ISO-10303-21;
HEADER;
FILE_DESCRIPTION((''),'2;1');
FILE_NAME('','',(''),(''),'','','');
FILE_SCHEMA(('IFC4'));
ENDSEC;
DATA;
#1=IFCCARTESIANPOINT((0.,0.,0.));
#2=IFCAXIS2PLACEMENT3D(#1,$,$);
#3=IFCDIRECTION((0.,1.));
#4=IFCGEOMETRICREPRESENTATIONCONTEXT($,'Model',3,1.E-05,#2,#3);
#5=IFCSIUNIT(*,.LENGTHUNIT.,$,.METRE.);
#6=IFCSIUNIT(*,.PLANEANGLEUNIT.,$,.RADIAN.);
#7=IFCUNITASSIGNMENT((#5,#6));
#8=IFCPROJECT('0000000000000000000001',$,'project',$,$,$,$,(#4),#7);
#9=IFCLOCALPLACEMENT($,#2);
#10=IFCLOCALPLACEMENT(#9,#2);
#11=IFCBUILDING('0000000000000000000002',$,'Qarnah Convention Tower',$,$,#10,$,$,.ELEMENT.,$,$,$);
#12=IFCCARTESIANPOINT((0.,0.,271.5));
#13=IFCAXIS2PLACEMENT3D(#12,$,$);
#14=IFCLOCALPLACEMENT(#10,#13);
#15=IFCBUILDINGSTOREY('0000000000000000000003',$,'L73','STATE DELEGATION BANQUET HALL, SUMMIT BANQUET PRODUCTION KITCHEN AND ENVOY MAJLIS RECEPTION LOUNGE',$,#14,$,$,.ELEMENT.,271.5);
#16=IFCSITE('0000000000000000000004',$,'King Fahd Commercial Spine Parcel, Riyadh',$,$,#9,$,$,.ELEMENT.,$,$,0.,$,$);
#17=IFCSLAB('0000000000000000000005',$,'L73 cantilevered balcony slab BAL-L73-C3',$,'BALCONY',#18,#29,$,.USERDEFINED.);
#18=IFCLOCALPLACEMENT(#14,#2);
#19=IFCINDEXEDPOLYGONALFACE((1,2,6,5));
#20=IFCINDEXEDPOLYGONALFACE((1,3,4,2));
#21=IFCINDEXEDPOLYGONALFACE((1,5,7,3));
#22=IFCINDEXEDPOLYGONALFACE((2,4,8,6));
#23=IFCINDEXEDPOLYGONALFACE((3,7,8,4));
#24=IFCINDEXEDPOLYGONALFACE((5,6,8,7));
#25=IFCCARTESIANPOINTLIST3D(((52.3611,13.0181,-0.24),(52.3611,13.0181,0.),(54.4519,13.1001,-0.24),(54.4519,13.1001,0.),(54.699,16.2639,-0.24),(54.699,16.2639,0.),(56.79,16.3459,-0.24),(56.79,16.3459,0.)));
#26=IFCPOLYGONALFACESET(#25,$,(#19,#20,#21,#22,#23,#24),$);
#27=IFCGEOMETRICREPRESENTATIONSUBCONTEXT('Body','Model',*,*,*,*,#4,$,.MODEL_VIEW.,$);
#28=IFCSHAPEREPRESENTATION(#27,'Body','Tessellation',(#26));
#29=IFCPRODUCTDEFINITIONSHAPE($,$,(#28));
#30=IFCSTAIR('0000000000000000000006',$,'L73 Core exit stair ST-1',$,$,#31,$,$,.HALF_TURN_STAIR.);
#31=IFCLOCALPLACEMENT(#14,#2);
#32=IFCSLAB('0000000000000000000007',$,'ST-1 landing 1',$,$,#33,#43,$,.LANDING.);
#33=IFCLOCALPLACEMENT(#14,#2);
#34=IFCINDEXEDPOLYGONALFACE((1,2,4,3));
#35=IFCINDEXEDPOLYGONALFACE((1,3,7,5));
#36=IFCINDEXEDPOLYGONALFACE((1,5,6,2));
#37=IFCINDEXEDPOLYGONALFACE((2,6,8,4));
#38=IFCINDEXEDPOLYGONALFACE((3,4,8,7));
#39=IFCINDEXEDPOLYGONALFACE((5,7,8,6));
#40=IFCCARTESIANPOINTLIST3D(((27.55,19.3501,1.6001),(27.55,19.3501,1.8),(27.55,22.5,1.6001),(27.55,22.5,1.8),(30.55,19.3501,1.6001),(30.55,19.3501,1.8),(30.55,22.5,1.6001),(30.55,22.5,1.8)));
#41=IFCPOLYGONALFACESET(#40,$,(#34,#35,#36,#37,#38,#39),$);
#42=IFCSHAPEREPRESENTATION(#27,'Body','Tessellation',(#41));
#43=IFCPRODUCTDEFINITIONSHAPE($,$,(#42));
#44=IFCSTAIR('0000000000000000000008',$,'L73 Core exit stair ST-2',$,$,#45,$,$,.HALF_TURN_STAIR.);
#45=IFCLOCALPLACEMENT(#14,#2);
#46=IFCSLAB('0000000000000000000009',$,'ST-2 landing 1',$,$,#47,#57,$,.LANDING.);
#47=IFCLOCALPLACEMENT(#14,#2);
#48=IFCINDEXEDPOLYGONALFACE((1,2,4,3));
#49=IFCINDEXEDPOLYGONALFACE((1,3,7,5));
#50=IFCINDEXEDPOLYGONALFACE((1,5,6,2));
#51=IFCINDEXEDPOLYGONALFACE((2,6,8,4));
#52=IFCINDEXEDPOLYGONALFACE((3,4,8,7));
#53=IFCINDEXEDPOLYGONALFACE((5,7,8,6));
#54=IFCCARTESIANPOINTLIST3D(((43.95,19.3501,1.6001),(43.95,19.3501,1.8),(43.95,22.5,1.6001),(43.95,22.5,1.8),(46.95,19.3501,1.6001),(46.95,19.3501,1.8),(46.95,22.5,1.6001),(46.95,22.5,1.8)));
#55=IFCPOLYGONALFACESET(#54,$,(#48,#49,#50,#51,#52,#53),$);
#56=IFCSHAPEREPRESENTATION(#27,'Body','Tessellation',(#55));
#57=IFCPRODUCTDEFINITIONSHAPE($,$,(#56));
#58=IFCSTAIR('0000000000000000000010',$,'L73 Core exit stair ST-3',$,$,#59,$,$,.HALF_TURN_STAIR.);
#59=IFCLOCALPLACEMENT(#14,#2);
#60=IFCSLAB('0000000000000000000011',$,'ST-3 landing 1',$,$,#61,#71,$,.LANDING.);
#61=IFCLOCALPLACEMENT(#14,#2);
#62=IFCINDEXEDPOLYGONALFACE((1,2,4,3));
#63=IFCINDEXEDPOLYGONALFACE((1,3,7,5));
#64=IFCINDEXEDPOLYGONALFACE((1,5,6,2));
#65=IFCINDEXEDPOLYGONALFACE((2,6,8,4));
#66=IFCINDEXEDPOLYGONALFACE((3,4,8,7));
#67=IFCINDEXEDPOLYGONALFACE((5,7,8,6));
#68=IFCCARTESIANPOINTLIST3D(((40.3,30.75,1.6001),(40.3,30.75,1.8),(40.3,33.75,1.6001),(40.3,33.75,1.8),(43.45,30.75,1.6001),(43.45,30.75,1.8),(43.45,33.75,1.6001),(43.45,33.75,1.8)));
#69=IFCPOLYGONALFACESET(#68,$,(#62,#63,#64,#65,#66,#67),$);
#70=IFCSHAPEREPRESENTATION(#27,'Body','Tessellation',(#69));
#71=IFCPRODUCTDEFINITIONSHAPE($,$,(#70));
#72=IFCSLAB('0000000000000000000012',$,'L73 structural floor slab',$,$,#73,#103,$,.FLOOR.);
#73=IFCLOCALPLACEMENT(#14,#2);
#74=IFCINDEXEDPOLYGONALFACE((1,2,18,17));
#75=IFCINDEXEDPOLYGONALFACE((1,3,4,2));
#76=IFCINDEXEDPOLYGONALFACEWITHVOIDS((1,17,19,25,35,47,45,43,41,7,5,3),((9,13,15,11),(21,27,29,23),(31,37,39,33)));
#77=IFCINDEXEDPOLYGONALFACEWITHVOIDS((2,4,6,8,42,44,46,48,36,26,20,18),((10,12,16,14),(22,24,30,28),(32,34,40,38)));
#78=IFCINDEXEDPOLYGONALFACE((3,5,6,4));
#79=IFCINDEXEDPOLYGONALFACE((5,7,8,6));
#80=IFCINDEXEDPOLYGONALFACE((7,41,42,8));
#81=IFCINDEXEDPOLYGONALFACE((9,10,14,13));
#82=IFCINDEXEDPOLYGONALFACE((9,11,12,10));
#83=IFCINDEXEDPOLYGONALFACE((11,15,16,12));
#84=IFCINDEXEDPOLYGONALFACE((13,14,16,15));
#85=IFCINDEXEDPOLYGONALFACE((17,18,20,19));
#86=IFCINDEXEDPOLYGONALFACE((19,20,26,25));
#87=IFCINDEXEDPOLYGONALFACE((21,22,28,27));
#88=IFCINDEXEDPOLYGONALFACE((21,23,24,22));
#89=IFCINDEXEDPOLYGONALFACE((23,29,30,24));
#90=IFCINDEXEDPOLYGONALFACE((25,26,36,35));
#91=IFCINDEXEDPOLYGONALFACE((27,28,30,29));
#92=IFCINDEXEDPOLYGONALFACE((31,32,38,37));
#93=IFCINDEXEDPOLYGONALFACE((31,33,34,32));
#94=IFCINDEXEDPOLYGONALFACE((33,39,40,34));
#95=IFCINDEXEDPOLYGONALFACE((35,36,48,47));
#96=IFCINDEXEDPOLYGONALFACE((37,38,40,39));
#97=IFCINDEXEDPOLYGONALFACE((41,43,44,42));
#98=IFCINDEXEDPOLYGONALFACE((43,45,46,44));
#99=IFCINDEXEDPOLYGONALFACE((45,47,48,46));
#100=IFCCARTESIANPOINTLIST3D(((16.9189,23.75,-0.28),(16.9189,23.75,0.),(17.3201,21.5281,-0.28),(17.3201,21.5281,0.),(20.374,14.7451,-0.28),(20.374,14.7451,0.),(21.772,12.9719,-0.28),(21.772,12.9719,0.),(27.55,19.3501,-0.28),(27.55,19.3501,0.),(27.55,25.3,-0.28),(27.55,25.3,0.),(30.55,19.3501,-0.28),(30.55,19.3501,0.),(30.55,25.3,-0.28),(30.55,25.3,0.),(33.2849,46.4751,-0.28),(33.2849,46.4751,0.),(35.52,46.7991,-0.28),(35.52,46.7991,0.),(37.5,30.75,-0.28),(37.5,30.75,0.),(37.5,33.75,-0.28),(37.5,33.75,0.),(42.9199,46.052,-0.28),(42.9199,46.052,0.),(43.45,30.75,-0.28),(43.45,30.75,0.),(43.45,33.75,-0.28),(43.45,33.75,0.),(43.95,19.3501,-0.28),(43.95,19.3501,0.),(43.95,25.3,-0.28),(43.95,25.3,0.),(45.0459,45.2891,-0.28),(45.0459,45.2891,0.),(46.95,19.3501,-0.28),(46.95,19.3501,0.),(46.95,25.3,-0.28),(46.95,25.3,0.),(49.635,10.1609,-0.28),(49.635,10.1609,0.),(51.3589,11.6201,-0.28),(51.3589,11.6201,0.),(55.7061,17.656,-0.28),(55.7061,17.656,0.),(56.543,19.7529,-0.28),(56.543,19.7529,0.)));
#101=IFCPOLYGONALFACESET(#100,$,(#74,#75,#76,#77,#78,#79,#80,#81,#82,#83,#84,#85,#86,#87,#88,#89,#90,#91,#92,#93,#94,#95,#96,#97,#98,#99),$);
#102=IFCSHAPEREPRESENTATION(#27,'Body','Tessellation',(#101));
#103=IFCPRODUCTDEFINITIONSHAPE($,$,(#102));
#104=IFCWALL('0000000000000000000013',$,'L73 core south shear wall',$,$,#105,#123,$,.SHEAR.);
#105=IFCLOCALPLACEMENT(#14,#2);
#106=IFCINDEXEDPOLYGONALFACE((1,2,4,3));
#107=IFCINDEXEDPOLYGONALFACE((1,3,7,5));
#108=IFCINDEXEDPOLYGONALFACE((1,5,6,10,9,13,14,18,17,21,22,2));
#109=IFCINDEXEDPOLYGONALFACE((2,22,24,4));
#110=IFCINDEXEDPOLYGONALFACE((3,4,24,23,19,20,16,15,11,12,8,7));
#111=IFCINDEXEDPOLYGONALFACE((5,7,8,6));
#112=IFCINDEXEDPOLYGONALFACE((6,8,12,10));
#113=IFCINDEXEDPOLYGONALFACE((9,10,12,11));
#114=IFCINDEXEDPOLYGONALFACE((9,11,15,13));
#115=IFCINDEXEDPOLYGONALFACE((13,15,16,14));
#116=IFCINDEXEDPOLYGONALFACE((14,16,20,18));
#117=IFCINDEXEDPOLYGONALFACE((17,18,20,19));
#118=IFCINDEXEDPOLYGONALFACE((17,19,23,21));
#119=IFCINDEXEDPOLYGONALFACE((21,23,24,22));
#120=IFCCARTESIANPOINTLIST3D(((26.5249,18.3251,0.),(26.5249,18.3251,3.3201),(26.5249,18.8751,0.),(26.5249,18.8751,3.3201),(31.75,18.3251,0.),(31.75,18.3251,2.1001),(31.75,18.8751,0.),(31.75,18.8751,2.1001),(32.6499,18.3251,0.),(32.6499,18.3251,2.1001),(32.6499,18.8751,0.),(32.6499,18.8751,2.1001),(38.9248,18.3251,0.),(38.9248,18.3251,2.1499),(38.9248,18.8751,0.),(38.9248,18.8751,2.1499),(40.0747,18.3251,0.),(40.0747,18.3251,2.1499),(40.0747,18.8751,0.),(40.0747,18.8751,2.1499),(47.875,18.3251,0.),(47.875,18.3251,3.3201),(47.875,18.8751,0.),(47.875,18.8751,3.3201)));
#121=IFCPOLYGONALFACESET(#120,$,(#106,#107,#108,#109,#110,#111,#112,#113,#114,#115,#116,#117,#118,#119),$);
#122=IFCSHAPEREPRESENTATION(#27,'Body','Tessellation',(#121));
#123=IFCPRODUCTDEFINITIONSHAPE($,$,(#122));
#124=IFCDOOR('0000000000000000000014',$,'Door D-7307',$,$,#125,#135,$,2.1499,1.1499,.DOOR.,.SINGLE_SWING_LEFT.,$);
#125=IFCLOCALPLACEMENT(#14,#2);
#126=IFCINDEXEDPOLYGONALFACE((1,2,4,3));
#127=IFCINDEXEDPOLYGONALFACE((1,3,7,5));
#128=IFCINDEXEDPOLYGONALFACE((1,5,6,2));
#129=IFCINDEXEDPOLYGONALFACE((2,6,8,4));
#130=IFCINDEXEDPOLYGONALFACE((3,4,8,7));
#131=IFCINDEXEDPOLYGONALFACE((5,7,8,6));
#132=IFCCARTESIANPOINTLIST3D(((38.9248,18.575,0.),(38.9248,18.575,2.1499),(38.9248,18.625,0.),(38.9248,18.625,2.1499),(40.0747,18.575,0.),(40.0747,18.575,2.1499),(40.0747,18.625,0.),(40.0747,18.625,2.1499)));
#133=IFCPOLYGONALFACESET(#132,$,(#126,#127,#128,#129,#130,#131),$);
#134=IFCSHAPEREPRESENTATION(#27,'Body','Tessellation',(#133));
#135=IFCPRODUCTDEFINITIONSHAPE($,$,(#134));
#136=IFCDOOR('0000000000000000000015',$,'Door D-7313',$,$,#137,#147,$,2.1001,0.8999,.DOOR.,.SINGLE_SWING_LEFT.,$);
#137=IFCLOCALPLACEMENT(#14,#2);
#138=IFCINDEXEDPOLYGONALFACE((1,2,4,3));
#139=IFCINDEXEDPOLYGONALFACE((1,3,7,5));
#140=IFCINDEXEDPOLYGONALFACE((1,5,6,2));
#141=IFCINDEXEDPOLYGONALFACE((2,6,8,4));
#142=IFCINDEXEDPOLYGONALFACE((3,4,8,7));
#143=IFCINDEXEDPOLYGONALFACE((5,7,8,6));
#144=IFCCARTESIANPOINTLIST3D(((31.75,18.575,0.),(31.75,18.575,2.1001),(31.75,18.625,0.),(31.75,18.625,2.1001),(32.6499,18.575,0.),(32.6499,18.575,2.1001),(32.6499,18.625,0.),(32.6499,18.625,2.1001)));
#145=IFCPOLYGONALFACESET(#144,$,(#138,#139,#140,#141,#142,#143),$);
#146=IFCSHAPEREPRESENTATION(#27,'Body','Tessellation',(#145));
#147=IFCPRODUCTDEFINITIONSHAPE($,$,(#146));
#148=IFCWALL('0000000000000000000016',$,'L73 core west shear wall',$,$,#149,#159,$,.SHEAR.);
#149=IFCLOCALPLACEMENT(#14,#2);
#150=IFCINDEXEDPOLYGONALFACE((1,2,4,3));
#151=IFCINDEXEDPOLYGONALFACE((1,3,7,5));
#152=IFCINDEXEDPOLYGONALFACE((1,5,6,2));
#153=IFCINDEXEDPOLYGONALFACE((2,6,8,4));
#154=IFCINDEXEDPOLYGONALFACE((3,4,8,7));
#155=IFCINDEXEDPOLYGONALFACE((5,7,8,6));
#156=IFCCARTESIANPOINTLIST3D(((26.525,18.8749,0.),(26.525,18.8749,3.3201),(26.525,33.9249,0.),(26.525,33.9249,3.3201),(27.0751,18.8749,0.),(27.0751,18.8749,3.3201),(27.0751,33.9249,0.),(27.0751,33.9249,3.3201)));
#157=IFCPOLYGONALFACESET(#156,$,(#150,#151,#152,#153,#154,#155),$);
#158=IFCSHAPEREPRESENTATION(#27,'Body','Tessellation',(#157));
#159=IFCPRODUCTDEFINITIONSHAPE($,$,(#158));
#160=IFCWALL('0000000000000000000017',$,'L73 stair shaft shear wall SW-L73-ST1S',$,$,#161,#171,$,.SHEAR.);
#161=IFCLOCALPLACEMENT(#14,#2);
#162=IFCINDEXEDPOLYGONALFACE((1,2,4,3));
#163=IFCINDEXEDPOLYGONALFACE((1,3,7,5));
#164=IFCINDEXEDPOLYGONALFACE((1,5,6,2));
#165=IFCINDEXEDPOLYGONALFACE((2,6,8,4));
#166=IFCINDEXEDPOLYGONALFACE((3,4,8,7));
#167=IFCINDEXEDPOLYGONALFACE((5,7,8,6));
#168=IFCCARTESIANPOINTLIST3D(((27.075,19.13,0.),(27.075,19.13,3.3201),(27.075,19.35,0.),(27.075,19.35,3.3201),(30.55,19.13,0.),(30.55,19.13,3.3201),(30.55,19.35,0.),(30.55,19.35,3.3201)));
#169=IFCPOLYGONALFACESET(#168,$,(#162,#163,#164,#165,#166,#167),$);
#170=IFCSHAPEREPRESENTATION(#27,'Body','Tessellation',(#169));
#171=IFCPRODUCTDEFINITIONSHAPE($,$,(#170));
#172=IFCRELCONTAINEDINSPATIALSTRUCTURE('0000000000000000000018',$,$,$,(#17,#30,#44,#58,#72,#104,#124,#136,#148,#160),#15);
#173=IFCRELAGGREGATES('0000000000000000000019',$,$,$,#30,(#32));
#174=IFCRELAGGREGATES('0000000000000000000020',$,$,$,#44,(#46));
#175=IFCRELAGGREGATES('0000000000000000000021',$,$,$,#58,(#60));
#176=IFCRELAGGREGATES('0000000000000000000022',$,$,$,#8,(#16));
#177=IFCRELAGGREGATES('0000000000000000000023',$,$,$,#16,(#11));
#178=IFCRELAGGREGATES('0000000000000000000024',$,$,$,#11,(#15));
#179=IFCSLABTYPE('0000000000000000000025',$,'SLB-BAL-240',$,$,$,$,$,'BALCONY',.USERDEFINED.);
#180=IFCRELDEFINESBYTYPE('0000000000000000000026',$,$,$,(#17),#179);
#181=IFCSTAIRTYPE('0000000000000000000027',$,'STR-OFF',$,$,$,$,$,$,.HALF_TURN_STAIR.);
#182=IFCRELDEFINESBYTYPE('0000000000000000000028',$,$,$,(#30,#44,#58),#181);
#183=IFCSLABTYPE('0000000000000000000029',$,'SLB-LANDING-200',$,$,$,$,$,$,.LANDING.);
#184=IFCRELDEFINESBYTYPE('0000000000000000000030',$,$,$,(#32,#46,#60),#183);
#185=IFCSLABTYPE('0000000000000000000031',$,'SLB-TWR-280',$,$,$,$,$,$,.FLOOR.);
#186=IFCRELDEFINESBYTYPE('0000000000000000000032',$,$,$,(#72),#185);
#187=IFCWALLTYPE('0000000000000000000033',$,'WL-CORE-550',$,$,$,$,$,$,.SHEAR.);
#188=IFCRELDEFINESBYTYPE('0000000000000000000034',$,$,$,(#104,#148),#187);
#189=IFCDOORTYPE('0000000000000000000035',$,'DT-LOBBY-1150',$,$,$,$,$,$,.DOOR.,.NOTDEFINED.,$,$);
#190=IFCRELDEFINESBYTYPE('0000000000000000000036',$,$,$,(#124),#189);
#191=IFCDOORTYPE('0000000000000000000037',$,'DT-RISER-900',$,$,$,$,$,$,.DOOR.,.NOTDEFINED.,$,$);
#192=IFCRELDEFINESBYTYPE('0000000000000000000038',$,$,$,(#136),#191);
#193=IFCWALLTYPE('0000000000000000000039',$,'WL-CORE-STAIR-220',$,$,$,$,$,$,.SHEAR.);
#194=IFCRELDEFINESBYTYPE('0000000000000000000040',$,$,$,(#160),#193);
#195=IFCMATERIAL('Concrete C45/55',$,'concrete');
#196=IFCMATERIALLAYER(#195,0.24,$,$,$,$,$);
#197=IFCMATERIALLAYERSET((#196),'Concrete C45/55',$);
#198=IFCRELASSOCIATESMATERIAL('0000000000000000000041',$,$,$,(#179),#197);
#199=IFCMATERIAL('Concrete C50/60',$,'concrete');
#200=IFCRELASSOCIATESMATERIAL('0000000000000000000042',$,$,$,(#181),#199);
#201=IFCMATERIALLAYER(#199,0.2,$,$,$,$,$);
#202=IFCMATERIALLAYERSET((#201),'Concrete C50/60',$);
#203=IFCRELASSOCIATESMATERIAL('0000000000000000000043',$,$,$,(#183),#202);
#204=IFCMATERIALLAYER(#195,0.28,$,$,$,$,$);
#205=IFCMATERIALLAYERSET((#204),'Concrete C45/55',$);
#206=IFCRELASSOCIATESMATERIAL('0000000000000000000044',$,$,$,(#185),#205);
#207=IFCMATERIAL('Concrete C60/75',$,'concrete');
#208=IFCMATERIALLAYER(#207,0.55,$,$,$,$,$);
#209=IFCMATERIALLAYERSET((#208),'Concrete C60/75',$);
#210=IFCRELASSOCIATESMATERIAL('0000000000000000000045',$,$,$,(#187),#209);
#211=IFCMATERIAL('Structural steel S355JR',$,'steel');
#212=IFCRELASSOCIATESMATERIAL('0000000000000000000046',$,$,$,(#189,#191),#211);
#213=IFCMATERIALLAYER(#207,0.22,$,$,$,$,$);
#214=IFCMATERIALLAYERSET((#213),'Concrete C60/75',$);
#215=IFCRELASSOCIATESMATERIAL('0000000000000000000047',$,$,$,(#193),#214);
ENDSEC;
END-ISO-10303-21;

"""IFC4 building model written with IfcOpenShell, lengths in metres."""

from ifc_helpers import new_model, si_unit, direction, frame, frame_2d, origin, place, context, subcontext, project, spatial, polyline, rectangle, outline, extrude, material, layer, layer_set, type_object, element, fill, aggregate, save


model = new_model("IFC4")

# Units and contexts
model_context = context("Model", 3, precision=1e-05, world=origin(), true_north=direction((0.0, 1.0)))
body_context = subcontext(model_context, "Body", "Model", "MODEL_VIEW")
ifc_project = project(units=[si_unit("LENGTHUNIT", "METRE"), si_unit("PLANEANGLEUNIT", "RADIAN")], contexts=[model_context])

# Site, building, storey
site_placement = place(None, origin())
site = spatial("IfcSite", under=ifc_project, at=site_placement, Name="King Fahd Commercial Spine Parcel, Riyadh", CompositionType="ELEMENT", RefElevation=0.0)
building_placement = place(site_placement, origin())
building = spatial("IfcBuilding", under=site, at=building_placement, Name="Qarnah Convention Tower", CompositionType="ELEMENT")
storey_placement = place(building_placement, frame((0.0, 0.0, 271.5)))
storey = spatial("IfcBuildingStorey", under=building, at=storey_placement, Name="L73", Description="STATE DELEGATION BANQUET HALL, SUMMIT BANQUET PRODUCTION KITCHEN AND ENVOY MAJLIS RECEPTION LOUNGE", CompositionType="ELEMENT", Elevation=271.5)

# Shared definitions
ifc_material_1 = material(Name="Concrete C50/60", Category="concrete")

# Shared definitions
ifc_material_2 = material(Name="Structural steel S355JR", Category="steel")

# Slab
ifc_material_3 = material(Name="Concrete C45/55", Category="concrete")
ifc_layer_1 = layer(ifc_material_3, 0.24)
ifc_layer_set_1 = layer_set([ifc_layer_1], Name="Concrete C45/55")
slab_type_1 = type_object("IfcSlabType", Name="SLB-BAL-240", ElementType="BALCONY", PredefinedType="USERDEFINED", material=ifc_layer_set_1)
slab_1_placement = place(storey_placement, frame((0.0, 0.0, -0.24)))
element("IfcSlab", 1, at=slab_1_placement, inside=storey, type_object=slab_type_1, Name="L73 cantilevered balcony slab BAL-L73-C3", ObjectType="BALCONY", PredefinedType="USERDEFINED", context=body_context, shape_type="SweptSolid", body=[
    extrude(outline(polyline([(56.79, 16.3459), (54.4519, 13.1001), (52.3611, 13.0181), (54.699, 16.2639), (56.79, 16.3459)])), origin(), (0.0, 0.0, 1.0), 0.24),
])

# Stairs, slabs
stair_type = type_object("IfcStairType", Name="STR-OFF", PredefinedType="HALF_TURN_STAIR", material=ifc_material_1)
stair_1_placement = place(storey_placement, origin())
stair_1 = element("IfcStair", 2, at=stair_1_placement, inside=storey, type_object=stair_type, Name="L73 Core exit stair ST-1", PredefinedType="HALF_TURN_STAIR")
ifc_layer_2 = layer(ifc_material_1, 0.2)
ifc_layer_set_2 = layer_set([ifc_layer_2], Name="Concrete C50/60")
slab_type_2 = type_object("IfcSlabType", Name="SLB-LANDING-200", PredefinedType="LANDING", material=ifc_layer_set_2)
slab_2_placement = place(storey_placement, frame((0.0, 0.0, 1.6001)))
slab_2 = element("IfcSlab", 3, at=slab_2_placement, type_object=slab_type_2, Name="ST-1 landing 1", PredefinedType="LANDING", context=body_context, shape_type="SweptSolid", body=[
    extrude(outline(polyline([(27.55, 22.5), (27.55, 19.3501), (30.55, 19.3501), (30.55, 22.5), (27.55, 22.5)])), origin(), (0.0, 0.0, 1.0), 0.2),
])
aggregate(stair_1, [slab_2])
stair_2_placement = place(storey_placement, origin())
stair_2 = element("IfcStair", 4, at=stair_2_placement, inside=storey, type_object=stair_type, Name="L73 Core exit stair ST-2", PredefinedType="HALF_TURN_STAIR")
slab_3_placement = place(storey_placement, frame((0.0, 0.0, 1.6001)))
slab_3 = element("IfcSlab", 5, at=slab_3_placement, type_object=slab_type_2, Name="ST-2 landing 1", PredefinedType="LANDING", context=body_context, shape_type="SweptSolid", body=[
    extrude(outline(polyline([(43.95, 22.5), (43.95, 19.3501), (46.95, 19.3501), (46.95, 22.5), (43.95, 22.5)])), origin(), (0.0, 0.0, 1.0), 0.2),
])
aggregate(stair_2, [slab_3])
stair_3_placement = place(storey_placement, origin())
stair_3 = element("IfcStair", 6, at=stair_3_placement, inside=storey, type_object=stair_type, Name="L73 Core exit stair ST-3", PredefinedType="HALF_TURN_STAIR")
slab_4_placement = place(storey_placement, frame((0.0, 0.0, 1.6001)))
slab_4 = element("IfcSlab", 7, at=slab_4_placement, type_object=slab_type_2, Name="ST-3 landing 1", PredefinedType="LANDING", context=body_context, shape_type="SweptSolid", body=[
    extrude(outline(polyline([(40.3, 30.75), (43.45, 30.75), (43.45, 33.75), (40.3, 33.75), (40.3, 30.75)])), origin(), (0.0, 0.0, 1.0), 0.2),
])
aggregate(stair_3, [slab_4])

# Slab
ifc_layer_3 = layer(ifc_material_3, 0.28)
ifc_layer_set_3 = layer_set([ifc_layer_3], Name="Concrete C45/55")
slab_type_3 = type_object("IfcSlabType", Name="SLB-TWR-280", PredefinedType="FLOOR", material=ifc_layer_set_3)
slab_5_placement = place(storey_placement, frame((0.0, 0.0, -0.28)))
element("IfcSlab", 8, at=slab_5_placement, inside=storey, type_object=slab_type_3, Name="L73 structural floor slab", PredefinedType="FLOOR", context=body_context, shape_type="SweptSolid", body=[
    extrude(outline(polyline([(33.2849, 46.4751), (16.9189, 23.75), (17.3201, 21.5281), (20.374, 14.7451), (21.772, 12.9719), (49.635, 10.1609), (51.3589, 11.6201), (55.7061, 17.656), (56.543, 19.7529), (45.0459, 45.2891), (42.9199, 46.052), (35.52, 46.7991), (33.2849, 46.4751)]), holes=[polyline([(27.55, 25.3), (27.55, 19.3501), (30.55, 19.3501), (30.55, 25.3), (27.55, 25.3)]), polyline([(43.95, 25.3), (43.95, 19.3501), (46.95, 19.3501), (46.95, 25.3), (43.95, 25.3)]), polyline([(37.5, 30.75), (43.45, 30.75), (43.45, 33.75), (37.5, 33.75), (37.5, 30.75)])]), origin(), (0.0, 0.0, 1.0), 0.28),
])

# Wall, openings, doors
ifc_material_4 = material(Name="Concrete C60/75", Category="concrete")
ifc_layer_4 = layer(ifc_material_4, 0.55)
ifc_layer_set_4 = layer_set([ifc_layer_4], Name="Concrete C60/75")
wall_type_1 = type_object("IfcWallType", Name="WL-CORE-550", PredefinedType="SHEAR", material=ifc_layer_set_4)
wall_1_placement = place(storey_placement, frame((26.5249, 18.6001, 0.0), z_axis=(0.0, 0.0, 1.0), x_axis=(1.0, 0.0, 0.0)))
wall_1 = element("IfcWall", 9, at=wall_1_placement, inside=storey, type_object=wall_type_1, Name="L73 core south shear wall", PredefinedType="SHEAR", context=body_context, shape_type="SweptSolid", body=[
    extrude(rectangle(XDim=21.3501, YDim=0.55, at=frame_2d((10.675, 0.0))), origin(), (0.0, 0.0, 1.0), 3.3201),
])
opening_1_placement = place(wall_1_placement, frame((12.3999, 0.0, 0.0)))
opening_1 = element("IfcOpeningElement", 10, at=opening_1_placement, cuts=wall_1, PredefinedType="OPENING", context=body_context, shape_type="SweptSolid", body=[
    extrude(rectangle(XDim=1.1499, YDim=2.1499, at=frame_2d((0.575, 1.075))), frame((0.0, 0.2849, 0.0), z_axis=(0.0, -1.0, 0.0), x_axis=(1.0, 0.0, 0.0)), (0.0, 0.0, 1.0), 0.5701),
])
opening_2_placement = place(wall_1_placement, frame((5.2251, 0.0, 0.0)))
opening_2 = element("IfcOpeningElement", 11, at=opening_2_placement, cuts=wall_1, PredefinedType="OPENING", context=body_context, shape_type="SweptSolid", body=[
    extrude(rectangle(XDim=0.8999, YDim=2.1001, at=frame_2d((0.45, 1.05))), frame((0.0, 0.2849, 0.0), z_axis=(0.0, -1.0, 0.0), x_axis=(1.0, 0.0, 0.0)), (0.0, 0.0, 1.0), 0.5701),
])
door_type_1 = type_object("IfcDoorType", Name="DT-LOBBY-1150", OperationType="NOTDEFINED", PredefinedType="DOOR", material=ifc_material_2)
door_1_placement = place(opening_1_placement, origin())
door_1 = element("IfcDoor", 12, at=door_1_placement, inside=storey, type_object=door_type_1, Name="Door D-7307", OperationType="SINGLE_SWING_LEFT", OverallHeight=2.1499, OverallWidth=1.1499, PredefinedType="DOOR", context=body_context, shape_type="SweptSolid", body=[
    extrude(rectangle(XDim=1.1499, YDim=2.1499, at=frame_2d((0.575, 1.075))), frame((0.0, 0.0249, 0.0), z_axis=(0.0, -1.0, 0.0), x_axis=(1.0, 0.0, 0.0)), (0.0, 0.0, 1.0), 0.05),
])
fill(opening_1, door_1)
door_type_2 = type_object("IfcDoorType", Name="DT-RISER-900", OperationType="NOTDEFINED", PredefinedType="DOOR", material=ifc_material_2)
door_2_placement = place(opening_2_placement, origin())
door_2 = element("IfcDoor", 13, at=door_2_placement, inside=storey, type_object=door_type_2, Name="Door D-7313", OperationType="SINGLE_SWING_LEFT", OverallHeight=2.1001, OverallWidth=0.8999, PredefinedType="DOOR", context=body_context, shape_type="SweptSolid", body=[
    extrude(rectangle(XDim=0.8999, YDim=2.1001, at=frame_2d((0.45, 1.05))), frame((0.0, 0.0249, 0.0), z_axis=(0.0, -1.0, 0.0), x_axis=(1.0, 0.0, 0.0)), (0.0, 0.0, 1.0), 0.05),
])
fill(opening_2, door_2)

# Walls
wall_2_placement = place(storey_placement, frame((26.8, 18.875, 0.0), z_axis=(0.0, 0.0, 1.0), x_axis=(0.0, 1.0, 0.0)))
element("IfcWall", 14, at=wall_2_placement, inside=storey, type_object=wall_type_1, Name="L73 core west shear wall", PredefinedType="SHEAR", context=body_context, shape_type="SweptSolid", body=[
    extrude(rectangle(XDim=15.05, YDim=0.55, at=frame_2d((7.5249, 0.0))), origin(), (0.0, 0.0, 1.0), 3.3201),
])
ifc_layer_5 = layer(ifc_material_4, 0.22)
ifc_layer_set_5 = layer_set([ifc_layer_5], Name="Concrete C60/75")
wall_type_2 = type_object("IfcWallType", Name="WL-CORE-STAIR-220", PredefinedType="SHEAR", material=ifc_layer_set_5)
wall_3_placement = place(storey_placement, frame((27.075, 19.24, 0.0), z_axis=(0.0, 0.0, 1.0), x_axis=(1.0, 0.0, 0.0)))
element("IfcWall", 15, at=wall_3_placement, inside=storey, type_object=wall_type_2, Name="L73 stair shaft shear wall SW-L73-ST1S", PredefinedType="SHEAR", context=body_context, shape_type="SweptSolid", body=[
    extrude(rectangle(XDim=3.4751, YDim=0.22, at=frame_2d((1.7375, 0.0))), origin(), (0.0, 0.0, 1.0), 3.3201),
])

save(model, "model.ifc")
